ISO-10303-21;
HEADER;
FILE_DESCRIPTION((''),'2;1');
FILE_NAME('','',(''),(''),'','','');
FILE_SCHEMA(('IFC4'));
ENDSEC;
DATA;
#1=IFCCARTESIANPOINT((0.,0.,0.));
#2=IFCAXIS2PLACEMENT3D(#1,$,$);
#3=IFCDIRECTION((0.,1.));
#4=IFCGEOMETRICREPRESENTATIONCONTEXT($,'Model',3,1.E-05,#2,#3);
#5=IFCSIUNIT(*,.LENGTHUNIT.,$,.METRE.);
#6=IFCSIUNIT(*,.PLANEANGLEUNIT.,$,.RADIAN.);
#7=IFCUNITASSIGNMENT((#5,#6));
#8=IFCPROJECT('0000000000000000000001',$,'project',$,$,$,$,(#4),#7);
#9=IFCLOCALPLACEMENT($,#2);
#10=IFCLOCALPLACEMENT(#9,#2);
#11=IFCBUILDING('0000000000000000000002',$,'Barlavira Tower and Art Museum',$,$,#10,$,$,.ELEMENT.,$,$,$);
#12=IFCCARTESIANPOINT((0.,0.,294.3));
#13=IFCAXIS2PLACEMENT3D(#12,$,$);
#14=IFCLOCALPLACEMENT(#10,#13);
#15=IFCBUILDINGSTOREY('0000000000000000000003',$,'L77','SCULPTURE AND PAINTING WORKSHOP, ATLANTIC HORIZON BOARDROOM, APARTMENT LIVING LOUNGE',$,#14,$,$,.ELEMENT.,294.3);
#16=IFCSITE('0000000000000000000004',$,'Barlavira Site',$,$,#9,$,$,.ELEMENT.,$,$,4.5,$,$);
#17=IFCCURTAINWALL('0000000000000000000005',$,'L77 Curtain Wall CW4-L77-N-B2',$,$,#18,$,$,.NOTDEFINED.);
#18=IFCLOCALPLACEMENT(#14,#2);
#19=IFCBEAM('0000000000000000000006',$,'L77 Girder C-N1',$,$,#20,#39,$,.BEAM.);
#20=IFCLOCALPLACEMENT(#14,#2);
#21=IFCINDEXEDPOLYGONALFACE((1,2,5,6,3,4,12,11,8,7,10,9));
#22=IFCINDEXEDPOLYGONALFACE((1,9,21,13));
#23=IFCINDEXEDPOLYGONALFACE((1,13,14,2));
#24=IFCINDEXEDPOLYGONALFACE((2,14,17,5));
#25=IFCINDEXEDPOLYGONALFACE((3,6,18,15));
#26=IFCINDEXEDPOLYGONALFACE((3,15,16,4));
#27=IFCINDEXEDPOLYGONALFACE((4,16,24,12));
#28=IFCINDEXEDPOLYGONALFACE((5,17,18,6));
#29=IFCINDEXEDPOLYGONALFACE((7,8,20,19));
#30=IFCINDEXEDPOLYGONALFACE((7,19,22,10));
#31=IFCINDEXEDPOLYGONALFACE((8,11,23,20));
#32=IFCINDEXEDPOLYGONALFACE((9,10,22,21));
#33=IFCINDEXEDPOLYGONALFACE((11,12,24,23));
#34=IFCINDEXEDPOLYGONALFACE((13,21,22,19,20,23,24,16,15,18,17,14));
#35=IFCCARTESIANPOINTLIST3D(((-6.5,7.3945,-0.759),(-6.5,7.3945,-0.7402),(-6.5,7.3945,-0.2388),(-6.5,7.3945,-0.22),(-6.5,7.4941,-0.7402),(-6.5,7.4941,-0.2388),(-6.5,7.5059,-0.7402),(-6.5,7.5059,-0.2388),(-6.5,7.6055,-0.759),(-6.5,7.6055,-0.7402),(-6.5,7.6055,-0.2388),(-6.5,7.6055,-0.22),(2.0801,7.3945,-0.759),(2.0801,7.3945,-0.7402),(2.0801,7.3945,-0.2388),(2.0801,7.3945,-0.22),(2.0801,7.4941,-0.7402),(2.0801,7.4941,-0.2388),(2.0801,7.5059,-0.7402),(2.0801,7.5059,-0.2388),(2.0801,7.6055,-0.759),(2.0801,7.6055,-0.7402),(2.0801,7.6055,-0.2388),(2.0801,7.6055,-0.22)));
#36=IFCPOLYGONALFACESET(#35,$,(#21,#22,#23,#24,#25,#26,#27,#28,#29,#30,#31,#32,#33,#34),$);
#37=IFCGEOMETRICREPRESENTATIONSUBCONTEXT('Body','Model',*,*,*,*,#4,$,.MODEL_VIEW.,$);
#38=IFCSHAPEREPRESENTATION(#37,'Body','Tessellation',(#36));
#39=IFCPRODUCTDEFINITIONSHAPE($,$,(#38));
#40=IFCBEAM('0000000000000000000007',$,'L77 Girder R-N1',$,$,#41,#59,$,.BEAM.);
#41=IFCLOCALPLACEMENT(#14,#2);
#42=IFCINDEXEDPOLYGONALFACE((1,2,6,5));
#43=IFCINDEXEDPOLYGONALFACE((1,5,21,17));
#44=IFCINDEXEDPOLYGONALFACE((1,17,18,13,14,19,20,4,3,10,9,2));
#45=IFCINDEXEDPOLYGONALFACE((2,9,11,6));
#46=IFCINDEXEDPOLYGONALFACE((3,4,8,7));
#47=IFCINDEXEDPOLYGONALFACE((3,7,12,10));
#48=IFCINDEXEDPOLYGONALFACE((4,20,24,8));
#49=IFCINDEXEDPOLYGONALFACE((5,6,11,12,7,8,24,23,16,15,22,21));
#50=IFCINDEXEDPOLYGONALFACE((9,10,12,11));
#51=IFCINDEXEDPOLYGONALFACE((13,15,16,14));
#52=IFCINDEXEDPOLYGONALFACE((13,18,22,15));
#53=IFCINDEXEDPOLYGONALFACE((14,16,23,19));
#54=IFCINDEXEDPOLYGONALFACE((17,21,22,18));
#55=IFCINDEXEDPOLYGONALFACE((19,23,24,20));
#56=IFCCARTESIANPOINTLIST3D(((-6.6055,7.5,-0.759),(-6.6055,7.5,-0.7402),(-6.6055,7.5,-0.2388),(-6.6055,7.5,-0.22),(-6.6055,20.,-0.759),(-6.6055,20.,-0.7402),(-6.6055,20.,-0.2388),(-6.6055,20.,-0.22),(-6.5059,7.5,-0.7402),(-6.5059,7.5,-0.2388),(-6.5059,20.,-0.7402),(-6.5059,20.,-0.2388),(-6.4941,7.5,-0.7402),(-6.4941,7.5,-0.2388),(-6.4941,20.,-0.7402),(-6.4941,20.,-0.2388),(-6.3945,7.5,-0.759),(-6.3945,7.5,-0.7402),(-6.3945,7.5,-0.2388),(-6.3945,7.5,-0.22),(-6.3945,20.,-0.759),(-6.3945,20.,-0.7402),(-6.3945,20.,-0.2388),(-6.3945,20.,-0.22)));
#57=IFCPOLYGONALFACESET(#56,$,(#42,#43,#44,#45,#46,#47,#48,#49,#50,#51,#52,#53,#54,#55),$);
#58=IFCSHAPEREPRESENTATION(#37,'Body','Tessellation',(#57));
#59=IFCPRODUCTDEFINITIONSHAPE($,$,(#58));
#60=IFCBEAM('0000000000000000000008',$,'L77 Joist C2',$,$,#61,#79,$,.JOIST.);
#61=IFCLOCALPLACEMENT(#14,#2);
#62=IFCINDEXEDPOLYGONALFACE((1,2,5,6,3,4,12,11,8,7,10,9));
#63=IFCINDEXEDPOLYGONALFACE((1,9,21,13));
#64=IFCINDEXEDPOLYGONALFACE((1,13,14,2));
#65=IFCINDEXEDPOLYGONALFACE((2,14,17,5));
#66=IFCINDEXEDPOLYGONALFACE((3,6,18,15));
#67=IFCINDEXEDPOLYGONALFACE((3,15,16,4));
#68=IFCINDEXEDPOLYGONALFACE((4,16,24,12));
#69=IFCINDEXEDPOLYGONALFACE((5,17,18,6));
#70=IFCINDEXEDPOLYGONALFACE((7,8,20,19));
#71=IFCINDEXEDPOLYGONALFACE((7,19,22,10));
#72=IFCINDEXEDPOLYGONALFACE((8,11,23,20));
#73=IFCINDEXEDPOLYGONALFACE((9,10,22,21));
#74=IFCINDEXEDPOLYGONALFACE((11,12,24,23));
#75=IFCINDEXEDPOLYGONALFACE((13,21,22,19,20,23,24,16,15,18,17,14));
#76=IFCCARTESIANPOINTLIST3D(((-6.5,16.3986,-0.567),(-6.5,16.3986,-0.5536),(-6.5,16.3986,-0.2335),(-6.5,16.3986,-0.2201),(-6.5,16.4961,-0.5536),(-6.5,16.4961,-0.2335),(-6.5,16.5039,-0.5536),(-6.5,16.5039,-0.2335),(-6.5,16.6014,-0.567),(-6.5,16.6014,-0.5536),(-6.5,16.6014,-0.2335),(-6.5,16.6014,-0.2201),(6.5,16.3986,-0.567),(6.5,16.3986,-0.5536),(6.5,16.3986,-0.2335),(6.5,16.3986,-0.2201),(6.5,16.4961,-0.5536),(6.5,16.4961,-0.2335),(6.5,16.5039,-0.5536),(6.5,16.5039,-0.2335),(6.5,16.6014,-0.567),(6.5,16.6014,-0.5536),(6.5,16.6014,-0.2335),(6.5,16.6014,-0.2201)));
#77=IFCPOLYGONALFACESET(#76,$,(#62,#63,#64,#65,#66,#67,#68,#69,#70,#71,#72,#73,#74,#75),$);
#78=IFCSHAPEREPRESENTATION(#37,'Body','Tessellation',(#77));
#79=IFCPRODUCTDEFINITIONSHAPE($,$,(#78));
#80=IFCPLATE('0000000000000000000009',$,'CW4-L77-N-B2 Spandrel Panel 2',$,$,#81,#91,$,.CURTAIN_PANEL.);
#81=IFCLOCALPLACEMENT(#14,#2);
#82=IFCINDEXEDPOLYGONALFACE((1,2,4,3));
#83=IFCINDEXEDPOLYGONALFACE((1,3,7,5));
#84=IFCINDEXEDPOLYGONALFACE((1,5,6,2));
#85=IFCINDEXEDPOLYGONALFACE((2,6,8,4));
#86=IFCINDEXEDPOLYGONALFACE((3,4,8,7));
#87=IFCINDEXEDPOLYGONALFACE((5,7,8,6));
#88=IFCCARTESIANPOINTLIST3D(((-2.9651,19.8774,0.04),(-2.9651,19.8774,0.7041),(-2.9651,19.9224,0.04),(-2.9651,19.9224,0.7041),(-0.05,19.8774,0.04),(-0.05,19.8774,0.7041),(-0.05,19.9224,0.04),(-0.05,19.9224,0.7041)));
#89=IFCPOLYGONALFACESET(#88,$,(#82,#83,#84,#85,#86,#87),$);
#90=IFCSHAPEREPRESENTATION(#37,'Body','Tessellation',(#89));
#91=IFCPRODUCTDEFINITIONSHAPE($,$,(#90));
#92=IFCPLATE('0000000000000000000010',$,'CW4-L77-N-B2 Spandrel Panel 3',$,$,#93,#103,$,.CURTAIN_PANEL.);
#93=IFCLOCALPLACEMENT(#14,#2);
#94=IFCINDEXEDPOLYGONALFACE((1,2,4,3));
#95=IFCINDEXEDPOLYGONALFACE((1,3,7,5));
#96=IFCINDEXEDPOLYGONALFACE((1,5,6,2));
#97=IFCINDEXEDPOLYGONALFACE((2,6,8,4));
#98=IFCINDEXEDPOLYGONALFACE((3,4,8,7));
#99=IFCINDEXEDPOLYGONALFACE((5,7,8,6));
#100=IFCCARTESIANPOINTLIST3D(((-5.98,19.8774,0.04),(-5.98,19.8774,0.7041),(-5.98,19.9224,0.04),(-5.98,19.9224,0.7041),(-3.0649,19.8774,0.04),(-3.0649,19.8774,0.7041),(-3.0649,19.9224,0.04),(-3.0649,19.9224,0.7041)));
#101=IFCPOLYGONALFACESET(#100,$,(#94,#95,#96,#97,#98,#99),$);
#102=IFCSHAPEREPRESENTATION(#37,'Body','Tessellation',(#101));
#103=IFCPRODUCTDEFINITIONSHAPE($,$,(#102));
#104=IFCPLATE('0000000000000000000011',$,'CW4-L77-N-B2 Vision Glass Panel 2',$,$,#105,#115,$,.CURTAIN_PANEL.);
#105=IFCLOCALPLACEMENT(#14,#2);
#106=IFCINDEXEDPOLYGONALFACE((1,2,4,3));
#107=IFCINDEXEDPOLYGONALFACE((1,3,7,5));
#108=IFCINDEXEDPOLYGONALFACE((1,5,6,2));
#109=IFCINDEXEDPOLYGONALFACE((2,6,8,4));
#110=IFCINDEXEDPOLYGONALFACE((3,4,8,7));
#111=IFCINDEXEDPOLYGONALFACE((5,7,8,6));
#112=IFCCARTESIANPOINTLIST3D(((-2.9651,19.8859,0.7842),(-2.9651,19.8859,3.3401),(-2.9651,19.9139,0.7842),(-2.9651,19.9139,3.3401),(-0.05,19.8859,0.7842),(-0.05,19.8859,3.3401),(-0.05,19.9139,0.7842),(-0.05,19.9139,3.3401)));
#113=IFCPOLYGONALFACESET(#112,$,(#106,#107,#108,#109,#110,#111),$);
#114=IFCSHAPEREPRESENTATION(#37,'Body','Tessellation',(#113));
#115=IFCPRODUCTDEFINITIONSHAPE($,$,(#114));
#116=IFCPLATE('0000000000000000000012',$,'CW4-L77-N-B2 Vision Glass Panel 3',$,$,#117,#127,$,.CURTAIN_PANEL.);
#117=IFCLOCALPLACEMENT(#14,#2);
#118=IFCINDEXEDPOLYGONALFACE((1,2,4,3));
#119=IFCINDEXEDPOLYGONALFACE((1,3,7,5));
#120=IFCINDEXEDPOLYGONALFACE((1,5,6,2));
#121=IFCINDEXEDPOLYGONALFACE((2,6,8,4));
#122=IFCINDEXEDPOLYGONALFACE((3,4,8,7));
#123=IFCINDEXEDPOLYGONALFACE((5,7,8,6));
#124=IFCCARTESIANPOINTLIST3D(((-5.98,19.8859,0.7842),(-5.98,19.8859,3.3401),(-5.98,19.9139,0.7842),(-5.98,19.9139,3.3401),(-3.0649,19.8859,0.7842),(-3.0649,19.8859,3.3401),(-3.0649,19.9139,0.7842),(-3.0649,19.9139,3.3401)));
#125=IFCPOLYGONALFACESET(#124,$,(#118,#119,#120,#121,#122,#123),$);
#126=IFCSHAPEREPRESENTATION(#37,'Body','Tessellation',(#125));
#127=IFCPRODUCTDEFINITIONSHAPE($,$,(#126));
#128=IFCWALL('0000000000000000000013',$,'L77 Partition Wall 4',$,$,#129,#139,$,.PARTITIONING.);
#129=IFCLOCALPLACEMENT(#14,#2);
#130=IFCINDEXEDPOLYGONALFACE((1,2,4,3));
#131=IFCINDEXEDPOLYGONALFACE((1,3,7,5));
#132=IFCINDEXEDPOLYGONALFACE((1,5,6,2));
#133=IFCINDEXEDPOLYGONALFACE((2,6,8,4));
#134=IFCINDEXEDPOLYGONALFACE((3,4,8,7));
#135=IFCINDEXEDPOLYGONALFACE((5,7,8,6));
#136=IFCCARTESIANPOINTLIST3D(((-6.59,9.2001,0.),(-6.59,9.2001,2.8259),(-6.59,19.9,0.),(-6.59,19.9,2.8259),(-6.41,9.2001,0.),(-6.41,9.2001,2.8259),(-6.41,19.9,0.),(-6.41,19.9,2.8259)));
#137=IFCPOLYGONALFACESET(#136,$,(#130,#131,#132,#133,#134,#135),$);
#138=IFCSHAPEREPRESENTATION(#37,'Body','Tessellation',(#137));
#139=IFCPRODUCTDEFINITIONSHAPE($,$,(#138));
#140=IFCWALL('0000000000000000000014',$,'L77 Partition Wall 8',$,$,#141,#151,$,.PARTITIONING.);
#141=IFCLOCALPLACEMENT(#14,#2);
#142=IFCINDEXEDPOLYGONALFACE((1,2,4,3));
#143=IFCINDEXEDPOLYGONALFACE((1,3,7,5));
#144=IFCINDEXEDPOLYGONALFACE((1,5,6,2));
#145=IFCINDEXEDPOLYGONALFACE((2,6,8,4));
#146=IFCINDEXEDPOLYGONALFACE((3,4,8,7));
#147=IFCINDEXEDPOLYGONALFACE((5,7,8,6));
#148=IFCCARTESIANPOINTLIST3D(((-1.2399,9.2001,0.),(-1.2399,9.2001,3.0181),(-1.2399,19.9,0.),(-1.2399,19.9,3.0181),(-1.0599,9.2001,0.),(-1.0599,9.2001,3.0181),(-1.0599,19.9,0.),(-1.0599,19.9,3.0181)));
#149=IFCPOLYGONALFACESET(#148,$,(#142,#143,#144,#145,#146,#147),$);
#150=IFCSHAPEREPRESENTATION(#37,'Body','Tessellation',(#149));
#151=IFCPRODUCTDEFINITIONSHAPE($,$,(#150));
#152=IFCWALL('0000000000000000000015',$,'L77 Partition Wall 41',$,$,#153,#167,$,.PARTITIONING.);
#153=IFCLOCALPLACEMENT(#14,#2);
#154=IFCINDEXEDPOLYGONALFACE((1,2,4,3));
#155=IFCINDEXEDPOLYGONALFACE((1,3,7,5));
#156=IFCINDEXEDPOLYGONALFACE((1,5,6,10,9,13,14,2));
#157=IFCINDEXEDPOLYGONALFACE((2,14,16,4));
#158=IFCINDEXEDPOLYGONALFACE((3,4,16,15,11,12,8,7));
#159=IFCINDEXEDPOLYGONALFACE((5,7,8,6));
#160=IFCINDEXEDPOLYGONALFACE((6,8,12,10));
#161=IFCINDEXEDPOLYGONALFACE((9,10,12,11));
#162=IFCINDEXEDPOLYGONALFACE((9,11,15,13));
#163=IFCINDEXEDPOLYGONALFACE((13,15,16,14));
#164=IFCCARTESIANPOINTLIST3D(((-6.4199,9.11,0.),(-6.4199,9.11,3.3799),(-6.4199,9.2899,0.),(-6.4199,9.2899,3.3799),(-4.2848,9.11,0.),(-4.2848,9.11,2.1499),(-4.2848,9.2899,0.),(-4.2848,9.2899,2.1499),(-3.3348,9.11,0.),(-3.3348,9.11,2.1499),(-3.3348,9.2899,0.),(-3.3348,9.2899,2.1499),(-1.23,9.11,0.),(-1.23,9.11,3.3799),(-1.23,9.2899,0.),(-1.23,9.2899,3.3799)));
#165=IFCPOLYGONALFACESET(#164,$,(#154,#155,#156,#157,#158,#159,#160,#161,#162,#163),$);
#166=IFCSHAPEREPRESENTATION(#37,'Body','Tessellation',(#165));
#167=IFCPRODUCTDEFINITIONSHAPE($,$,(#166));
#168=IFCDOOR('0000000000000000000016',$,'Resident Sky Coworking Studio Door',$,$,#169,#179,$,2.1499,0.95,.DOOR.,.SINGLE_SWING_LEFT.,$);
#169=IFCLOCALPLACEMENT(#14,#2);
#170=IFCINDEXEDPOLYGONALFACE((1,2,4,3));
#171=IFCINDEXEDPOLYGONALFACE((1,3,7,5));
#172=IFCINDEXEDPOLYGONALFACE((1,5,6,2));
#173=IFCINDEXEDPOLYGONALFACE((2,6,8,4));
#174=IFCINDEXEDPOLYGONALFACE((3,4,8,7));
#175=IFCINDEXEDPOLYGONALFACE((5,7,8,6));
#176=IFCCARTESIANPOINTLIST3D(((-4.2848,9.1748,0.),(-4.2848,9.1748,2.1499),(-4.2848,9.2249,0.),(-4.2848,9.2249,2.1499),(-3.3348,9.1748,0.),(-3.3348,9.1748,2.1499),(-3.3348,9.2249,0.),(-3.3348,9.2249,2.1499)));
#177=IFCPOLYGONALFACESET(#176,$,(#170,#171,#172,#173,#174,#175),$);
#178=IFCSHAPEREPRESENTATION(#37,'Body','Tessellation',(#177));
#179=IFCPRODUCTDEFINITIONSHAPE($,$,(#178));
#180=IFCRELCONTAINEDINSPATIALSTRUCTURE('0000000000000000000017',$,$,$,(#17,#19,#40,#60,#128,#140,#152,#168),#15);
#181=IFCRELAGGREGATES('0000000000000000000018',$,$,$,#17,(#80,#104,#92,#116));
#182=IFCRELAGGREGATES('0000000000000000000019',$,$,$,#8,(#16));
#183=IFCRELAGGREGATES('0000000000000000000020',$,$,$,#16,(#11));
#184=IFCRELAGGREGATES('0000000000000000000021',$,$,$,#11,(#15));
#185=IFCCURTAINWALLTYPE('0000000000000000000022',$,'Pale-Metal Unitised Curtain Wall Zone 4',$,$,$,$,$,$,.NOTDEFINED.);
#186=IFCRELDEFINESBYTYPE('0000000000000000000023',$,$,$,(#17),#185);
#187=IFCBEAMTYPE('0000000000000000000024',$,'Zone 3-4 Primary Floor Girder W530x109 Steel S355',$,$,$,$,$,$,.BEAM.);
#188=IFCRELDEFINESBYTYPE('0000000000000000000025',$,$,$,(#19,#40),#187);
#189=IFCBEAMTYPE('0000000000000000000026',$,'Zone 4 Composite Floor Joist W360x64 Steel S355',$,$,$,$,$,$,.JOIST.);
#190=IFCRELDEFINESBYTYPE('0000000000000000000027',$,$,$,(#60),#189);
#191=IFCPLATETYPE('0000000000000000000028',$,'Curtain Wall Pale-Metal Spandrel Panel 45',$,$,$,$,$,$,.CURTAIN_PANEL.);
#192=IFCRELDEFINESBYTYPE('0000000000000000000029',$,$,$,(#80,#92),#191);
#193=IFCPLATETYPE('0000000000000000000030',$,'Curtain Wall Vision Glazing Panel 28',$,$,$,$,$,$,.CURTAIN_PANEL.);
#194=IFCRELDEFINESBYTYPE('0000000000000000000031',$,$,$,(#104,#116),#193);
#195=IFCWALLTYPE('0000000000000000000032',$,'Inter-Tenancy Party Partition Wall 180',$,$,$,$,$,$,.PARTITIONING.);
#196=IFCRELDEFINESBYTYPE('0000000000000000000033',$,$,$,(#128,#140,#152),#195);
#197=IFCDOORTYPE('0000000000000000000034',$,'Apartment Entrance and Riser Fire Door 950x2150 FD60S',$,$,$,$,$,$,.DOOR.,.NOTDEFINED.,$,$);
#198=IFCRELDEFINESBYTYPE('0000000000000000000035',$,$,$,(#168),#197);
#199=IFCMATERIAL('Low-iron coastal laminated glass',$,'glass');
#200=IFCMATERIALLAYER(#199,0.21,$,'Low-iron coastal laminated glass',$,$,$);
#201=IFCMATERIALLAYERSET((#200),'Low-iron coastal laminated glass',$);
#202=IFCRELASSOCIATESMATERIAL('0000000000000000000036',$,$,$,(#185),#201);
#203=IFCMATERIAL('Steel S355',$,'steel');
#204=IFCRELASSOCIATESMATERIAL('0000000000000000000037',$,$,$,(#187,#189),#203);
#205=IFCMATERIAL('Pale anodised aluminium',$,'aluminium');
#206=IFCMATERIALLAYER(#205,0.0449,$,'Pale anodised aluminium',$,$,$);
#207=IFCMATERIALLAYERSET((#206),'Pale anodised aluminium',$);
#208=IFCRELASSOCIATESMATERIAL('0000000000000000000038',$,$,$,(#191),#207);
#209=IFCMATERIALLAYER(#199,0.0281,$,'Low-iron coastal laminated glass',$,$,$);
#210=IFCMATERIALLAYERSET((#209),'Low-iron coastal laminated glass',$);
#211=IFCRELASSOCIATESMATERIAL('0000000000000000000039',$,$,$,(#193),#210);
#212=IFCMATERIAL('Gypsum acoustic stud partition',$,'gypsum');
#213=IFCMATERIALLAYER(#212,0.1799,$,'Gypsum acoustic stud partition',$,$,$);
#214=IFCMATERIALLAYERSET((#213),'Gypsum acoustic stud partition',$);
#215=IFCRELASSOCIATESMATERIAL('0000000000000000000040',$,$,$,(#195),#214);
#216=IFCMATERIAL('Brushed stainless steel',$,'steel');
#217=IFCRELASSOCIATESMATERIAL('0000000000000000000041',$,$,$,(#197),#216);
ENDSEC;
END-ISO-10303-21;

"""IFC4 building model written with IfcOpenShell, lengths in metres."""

from ifc_helpers import new_model, si_unit, direction, frame, frame_2d, origin, origin_2d, place, context, subcontext, project, spatial, rectangle, i_section, extrude, material, layer, layer_set, material_profile, profile_set, type_object, element, fill, aggregate, save


model = new_model("IFC4")

# Units and contexts
model_context = context("Model", 3, precision=1e-05, world=origin(), true_north=direction((0.0, 1.0)))
body_context = subcontext(model_context, "Body", "Model", "MODEL_VIEW")
ifc_project = project(units=[si_unit("LENGTHUNIT", "METRE"), si_unit("PLANEANGLEUNIT", "RADIAN")], contexts=[model_context])

# Site, building, storey
site_placement = place(None, origin())
site = spatial("IfcSite", under=ifc_project, at=site_placement, Name="Barlavira Site", CompositionType="ELEMENT", RefElevation=4.5)
building_placement = place(site_placement, origin())
building = spatial("IfcBuilding", under=site, at=building_placement, Name="Barlavira Tower and Art Museum", CompositionType="ELEMENT")
storey_placement = place(building_placement, frame((0.0, 0.0, 294.3)))
storey = spatial("IfcBuildingStorey", under=building, at=storey_placement, Name="L77", Description="SCULPTURE AND PAINTING WORKSHOP, ATLANTIC HORIZON BOARDROOM, APARTMENT LIVING LOUNGE", CompositionType="ELEMENT", Elevation=294.3)

# Shared definitions
ifc_material_1 = material(Name="Steel S355", Category="steel")

# Curtain wall
ifc_material_2 = material(Name="Low-iron coastal laminated glass", Category="glass")
ifc_layer_1 = layer(ifc_material_2, 0.21, Name="Low-iron coastal laminated glass")
ifc_layer_set_1 = layer_set([ifc_layer_1], Name="Low-iron coastal laminated glass")
curtain_wall_type = type_object("IfcCurtainWallType", Name="Pale-Metal Unitised Curtain Wall Zone 4", PredefinedType="NOTDEFINED", material=ifc_layer_set_1)
curtain_wall_placement = place(storey_placement, origin())
curtain_wall = element("IfcCurtainWall", 1, at=curtain_wall_placement, inside=storey, type_object=curtain_wall_type, Name="L77 Curtain Wall CW4-L77-N-B2", PredefinedType="NOTDEFINED")
ifc_material_3 = material(Name="Pale anodised aluminium", Category="aluminium")

# Beams
ifc_material_profile_1 = material_profile(ifc_material_1, i_section(OverallWidth=0.2109, OverallDepth=0.5391, WebThickness=0.0117, FlangeThickness=0.0188, at=origin_2d()), Name="W530x109.0")
ifc_profile_set_1 = profile_set([ifc_material_profile_1], Name="Steel S355")
beam_type_1 = type_object("IfcBeamType", Name="Zone 3-4 Primary Floor Girder W530x109 Steel S355", PredefinedType="BEAM", material=ifc_profile_set_1)
beam_1_placement = place(storey_placement, frame((-6.5, 7.5, -0.4895), z_axis=(1.0, 0.0, 0.0), x_axis=(0.0, 1.0, 0.0)))
element("IfcBeam", 2, at=beam_1_placement, inside=storey, type_object=beam_type_1, Name="L77 Girder C-N1", PredefinedType="BEAM", context=body_context, shape_type="SweptSolid", body=[
    extrude(i_section(OverallWidth=0.2109, OverallDepth=0.5391, WebThickness=0.0117, FlangeThickness=0.0188, at=origin_2d()), origin(), (0.0, 0.0, 1.0), 8.5801),
])
beam_2_placement = place(storey_placement, frame((-6.5, 7.5, -0.4895), z_axis=(0.0, 1.0, 0.0), x_axis=(-1.0, 0.0, 0.0)))
element("IfcBeam", 3, at=beam_2_placement, inside=storey, type_object=beam_type_1, Name="L77 Girder R-N1", PredefinedType="BEAM", context=body_context, shape_type="SweptSolid", body=[
    extrude(i_section(OverallWidth=0.2109, OverallDepth=0.5391, WebThickness=0.0117, FlangeThickness=0.0188, at=origin_2d()), origin(), (0.0, 0.0, 1.0), 12.5),
])
ifc_material_profile_2 = material_profile(ifc_material_1, i_section(OverallWidth=0.2029, OverallDepth=0.3469, WebThickness=0.0078, FlangeThickness=0.0134, at=origin_2d()), Name="W360x64.0")
ifc_profile_set_2 = profile_set([ifc_material_profile_2], Name="Steel S355")
beam_type_2 = type_object("IfcBeamType", Name="Zone 4 Composite Floor Joist W360x64 Steel S355", PredefinedType="JOIST", material=ifc_profile_set_2)
beam_3_placement = place(storey_placement, frame((-6.5, 16.5, -0.3936), z_axis=(1.0, 0.0, 0.0), x_axis=(0.0, 1.0, 0.0)))
element("IfcBeam", 4, at=beam_3_placement, inside=storey, type_object=beam_type_2, Name="L77 Joist C2", PredefinedType="JOIST", context=body_context, shape_type="SweptSolid", body=[
    extrude(i_section(OverallWidth=0.2029, OverallDepth=0.3469, WebThickness=0.0078, FlangeThickness=0.0134, at=origin_2d()), origin(), (0.0, 0.0, 1.0), 13.0),
])

# Plates
ifc_layer_2 = layer(ifc_material_3, 0.0449, Name="Pale anodised aluminium")
ifc_layer_set_2 = layer_set([ifc_layer_2], Name="Pale anodised aluminium")
plate_type_1 = type_object("IfcPlateType", Name="Curtain Wall Pale-Metal Spandrel Panel 45", PredefinedType="CURTAIN_PANEL", material=ifc_layer_set_2)
plate_1_placement = place(storey_placement, frame((-1.5076, 19.8999, 0.04), z_axis=(0.0, 0.0, 1.0), x_axis=(-1.0, 0.0, 0.0)))
plate_1 = element("IfcPlate", 5, at=plate_1_placement, type_object=plate_type_1, Name="CW4-L77-N-B2 Spandrel Panel 2", PredefinedType="CURTAIN_PANEL", context=body_context, shape_type="SweptSolid", body=[
    extrude(rectangle(XDim=2.915, YDim=0.0449, at=origin_2d()), origin(), (0.0, 0.0, 1.0), 0.6641),
])
plate_2_placement = place(storey_placement, frame((-4.5225, 19.8999, 0.04), z_axis=(0.0, 0.0, 1.0), x_axis=(-1.0, 0.0, 0.0)))
plate_2 = element("IfcPlate", 6, at=plate_2_placement, type_object=plate_type_1, Name="CW4-L77-N-B2 Spandrel Panel 3", PredefinedType="CURTAIN_PANEL", context=body_context, shape_type="SweptSolid", body=[
    extrude(rectangle(XDim=2.915, YDim=0.0449, at=origin_2d()), origin(), (0.0, 0.0, 1.0), 0.6641),
])
ifc_layer_3 = layer(ifc_material_2, 0.0281, Name="Low-iron coastal laminated glass")
ifc_layer_set_3 = layer_set([ifc_layer_3], Name="Low-iron coastal laminated glass")
plate_type_2 = type_object("IfcPlateType", Name="Curtain Wall Vision Glazing Panel 28", PredefinedType="CURTAIN_PANEL", material=ifc_layer_set_3)
plate_3_placement = place(storey_placement, frame((-1.5076, 19.8999, 0.7842), z_axis=(0.0, 0.0, 1.0), x_axis=(-1.0, 0.0, 0.0)))
plate_3 = element("IfcPlate", 7, at=plate_3_placement, type_object=plate_type_2, Name="CW4-L77-N-B2 Vision Glass Panel 2", PredefinedType="CURTAIN_PANEL", context=body_context, shape_type="SweptSolid", body=[
    extrude(rectangle(XDim=2.915, YDim=0.0281, at=origin_2d()), origin(), (0.0, 0.0, 1.0), 2.5559),
])
plate_4_placement = place(storey_placement, frame((-4.5225, 19.8999, 0.7842), z_axis=(0.0, 0.0, 1.0), x_axis=(-1.0, 0.0, 0.0)))
plate_4 = element("IfcPlate", 8, at=plate_4_placement, type_object=plate_type_2, Name="CW4-L77-N-B2 Vision Glass Panel 3", PredefinedType="CURTAIN_PANEL", context=body_context, shape_type="SweptSolid", body=[
    extrude(rectangle(XDim=2.915, YDim=0.0281, at=origin_2d()), origin(), (0.0, 0.0, 1.0), 2.5559),
])
aggregate(curtain_wall, [plate_1, plate_3, plate_2, plate_4])

# Shared definitions
ifc_material_4 = material(Name="Brushed stainless steel", Category="steel")

# Walls
ifc_material_5 = material(Name="Gypsum acoustic stud partition", Category="gypsum")
ifc_layer_4 = layer(ifc_material_5, 0.1799, Name="Gypsum acoustic stud partition")
ifc_layer_set_4 = layer_set([ifc_layer_4], Name="Gypsum acoustic stud partition")
wall_type_1 = type_object("IfcWallType", Name="Inter-Tenancy Party Partition Wall 180", PredefinedType="PARTITIONING", material=ifc_layer_set_4)
wall_1_placement = place(storey_placement, frame((-6.5, 9.2, 0.0), z_axis=(0.0, 0.0, 1.0), x_axis=(0.0, 1.0, 0.0)))
element("IfcWall", 9, at=wall_1_placement, inside=storey, type_object=wall_type_1, Name="L77 Partition Wall 4", PredefinedType="PARTITIONING", context=body_context, shape_type="SweptSolid", body=[
    extrude(rectangle(XDim=10.7, YDim=0.1799, at=frame_2d((5.3501, 0.0))), origin(), (0.0, 0.0, 1.0), 2.8259),
])
wall_2_placement = place(storey_placement, frame((-1.1499, 9.2, 0.0), z_axis=(0.0, 0.0, 1.0), x_axis=(0.0, 1.0, 0.0)))
element("IfcWall", 10, at=wall_2_placement, inside=storey, type_object=wall_type_1, Name="L77 Partition Wall 8", PredefinedType="PARTITIONING", context=body_context, shape_type="SweptSolid", body=[
    extrude(rectangle(XDim=10.7, YDim=0.1799, at=frame_2d((5.3501, 0.0))), origin(), (0.0, 0.0, 1.0), 3.0181),
])

# Wall, opening, door
wall_3_placement = place(storey_placement, frame((-6.4199, 9.2, 0.0), z_axis=(0.0, 0.0, 1.0), x_axis=(1.0, 0.0, 0.0)))
wall_3 = element("IfcWall", 11, at=wall_3_placement, inside=storey, type_object=wall_type_1, Name="L77 Partition Wall 41", PredefinedType="PARTITIONING", context=body_context, shape_type="SweptSolid", body=[
    extrude(rectangle(XDim=5.1899, YDim=0.1799, at=frame_2d((2.595, 0.0))), origin(), (0.0, 0.0, 1.0), 3.3799),
])
opening_1_placement = place(wall_3_placement, frame((2.135, 0.0, 0.0)))
opening_1 = element("IfcOpeningElement", 12, at=opening_1_placement, cuts=wall_3, PredefinedType="OPENING", context=body_context, shape_type="SweptSolid", body=[
    extrude(rectangle(XDim=0.95, YDim=2.1499, at=frame_2d((0.4751, 1.075))), frame((0.0, 0.1001, 0.0), z_axis=(0.0, -1.0, 0.0), x_axis=(1.0, 0.0, 0.0)), (0.0, 0.0, 1.0), 0.2),
])
door_type_1 = type_object("IfcDoorType", Name="Apartment Entrance and Riser Fire Door 950x2150 FD60S", OperationType="NOTDEFINED", PredefinedType="DOOR", material=ifc_material_4)
door_1_placement = place(opening_1_placement, origin())
door_1 = element("IfcDoor", 13, at=door_1_placement, inside=storey, type_object=door_type_1, Name="Resident Sky Coworking Studio Door", OperationType="SINGLE_SWING_LEFT", OverallHeight=2.1499, OverallWidth=0.95, PredefinedType="DOOR", context=body_context, shape_type="SweptSolid", body=[
    extrude(rectangle(XDim=0.95, YDim=2.1499, at=frame_2d((0.4751, 1.075))), frame((0.0, 0.0249, 0.0), z_axis=(0.0, -1.0, 0.0), x_axis=(1.0, 0.0, 0.0)), (0.0, 0.0, 1.0), 0.05),
])
fill(opening_1, door_1)

save(model, "model.ifc")
